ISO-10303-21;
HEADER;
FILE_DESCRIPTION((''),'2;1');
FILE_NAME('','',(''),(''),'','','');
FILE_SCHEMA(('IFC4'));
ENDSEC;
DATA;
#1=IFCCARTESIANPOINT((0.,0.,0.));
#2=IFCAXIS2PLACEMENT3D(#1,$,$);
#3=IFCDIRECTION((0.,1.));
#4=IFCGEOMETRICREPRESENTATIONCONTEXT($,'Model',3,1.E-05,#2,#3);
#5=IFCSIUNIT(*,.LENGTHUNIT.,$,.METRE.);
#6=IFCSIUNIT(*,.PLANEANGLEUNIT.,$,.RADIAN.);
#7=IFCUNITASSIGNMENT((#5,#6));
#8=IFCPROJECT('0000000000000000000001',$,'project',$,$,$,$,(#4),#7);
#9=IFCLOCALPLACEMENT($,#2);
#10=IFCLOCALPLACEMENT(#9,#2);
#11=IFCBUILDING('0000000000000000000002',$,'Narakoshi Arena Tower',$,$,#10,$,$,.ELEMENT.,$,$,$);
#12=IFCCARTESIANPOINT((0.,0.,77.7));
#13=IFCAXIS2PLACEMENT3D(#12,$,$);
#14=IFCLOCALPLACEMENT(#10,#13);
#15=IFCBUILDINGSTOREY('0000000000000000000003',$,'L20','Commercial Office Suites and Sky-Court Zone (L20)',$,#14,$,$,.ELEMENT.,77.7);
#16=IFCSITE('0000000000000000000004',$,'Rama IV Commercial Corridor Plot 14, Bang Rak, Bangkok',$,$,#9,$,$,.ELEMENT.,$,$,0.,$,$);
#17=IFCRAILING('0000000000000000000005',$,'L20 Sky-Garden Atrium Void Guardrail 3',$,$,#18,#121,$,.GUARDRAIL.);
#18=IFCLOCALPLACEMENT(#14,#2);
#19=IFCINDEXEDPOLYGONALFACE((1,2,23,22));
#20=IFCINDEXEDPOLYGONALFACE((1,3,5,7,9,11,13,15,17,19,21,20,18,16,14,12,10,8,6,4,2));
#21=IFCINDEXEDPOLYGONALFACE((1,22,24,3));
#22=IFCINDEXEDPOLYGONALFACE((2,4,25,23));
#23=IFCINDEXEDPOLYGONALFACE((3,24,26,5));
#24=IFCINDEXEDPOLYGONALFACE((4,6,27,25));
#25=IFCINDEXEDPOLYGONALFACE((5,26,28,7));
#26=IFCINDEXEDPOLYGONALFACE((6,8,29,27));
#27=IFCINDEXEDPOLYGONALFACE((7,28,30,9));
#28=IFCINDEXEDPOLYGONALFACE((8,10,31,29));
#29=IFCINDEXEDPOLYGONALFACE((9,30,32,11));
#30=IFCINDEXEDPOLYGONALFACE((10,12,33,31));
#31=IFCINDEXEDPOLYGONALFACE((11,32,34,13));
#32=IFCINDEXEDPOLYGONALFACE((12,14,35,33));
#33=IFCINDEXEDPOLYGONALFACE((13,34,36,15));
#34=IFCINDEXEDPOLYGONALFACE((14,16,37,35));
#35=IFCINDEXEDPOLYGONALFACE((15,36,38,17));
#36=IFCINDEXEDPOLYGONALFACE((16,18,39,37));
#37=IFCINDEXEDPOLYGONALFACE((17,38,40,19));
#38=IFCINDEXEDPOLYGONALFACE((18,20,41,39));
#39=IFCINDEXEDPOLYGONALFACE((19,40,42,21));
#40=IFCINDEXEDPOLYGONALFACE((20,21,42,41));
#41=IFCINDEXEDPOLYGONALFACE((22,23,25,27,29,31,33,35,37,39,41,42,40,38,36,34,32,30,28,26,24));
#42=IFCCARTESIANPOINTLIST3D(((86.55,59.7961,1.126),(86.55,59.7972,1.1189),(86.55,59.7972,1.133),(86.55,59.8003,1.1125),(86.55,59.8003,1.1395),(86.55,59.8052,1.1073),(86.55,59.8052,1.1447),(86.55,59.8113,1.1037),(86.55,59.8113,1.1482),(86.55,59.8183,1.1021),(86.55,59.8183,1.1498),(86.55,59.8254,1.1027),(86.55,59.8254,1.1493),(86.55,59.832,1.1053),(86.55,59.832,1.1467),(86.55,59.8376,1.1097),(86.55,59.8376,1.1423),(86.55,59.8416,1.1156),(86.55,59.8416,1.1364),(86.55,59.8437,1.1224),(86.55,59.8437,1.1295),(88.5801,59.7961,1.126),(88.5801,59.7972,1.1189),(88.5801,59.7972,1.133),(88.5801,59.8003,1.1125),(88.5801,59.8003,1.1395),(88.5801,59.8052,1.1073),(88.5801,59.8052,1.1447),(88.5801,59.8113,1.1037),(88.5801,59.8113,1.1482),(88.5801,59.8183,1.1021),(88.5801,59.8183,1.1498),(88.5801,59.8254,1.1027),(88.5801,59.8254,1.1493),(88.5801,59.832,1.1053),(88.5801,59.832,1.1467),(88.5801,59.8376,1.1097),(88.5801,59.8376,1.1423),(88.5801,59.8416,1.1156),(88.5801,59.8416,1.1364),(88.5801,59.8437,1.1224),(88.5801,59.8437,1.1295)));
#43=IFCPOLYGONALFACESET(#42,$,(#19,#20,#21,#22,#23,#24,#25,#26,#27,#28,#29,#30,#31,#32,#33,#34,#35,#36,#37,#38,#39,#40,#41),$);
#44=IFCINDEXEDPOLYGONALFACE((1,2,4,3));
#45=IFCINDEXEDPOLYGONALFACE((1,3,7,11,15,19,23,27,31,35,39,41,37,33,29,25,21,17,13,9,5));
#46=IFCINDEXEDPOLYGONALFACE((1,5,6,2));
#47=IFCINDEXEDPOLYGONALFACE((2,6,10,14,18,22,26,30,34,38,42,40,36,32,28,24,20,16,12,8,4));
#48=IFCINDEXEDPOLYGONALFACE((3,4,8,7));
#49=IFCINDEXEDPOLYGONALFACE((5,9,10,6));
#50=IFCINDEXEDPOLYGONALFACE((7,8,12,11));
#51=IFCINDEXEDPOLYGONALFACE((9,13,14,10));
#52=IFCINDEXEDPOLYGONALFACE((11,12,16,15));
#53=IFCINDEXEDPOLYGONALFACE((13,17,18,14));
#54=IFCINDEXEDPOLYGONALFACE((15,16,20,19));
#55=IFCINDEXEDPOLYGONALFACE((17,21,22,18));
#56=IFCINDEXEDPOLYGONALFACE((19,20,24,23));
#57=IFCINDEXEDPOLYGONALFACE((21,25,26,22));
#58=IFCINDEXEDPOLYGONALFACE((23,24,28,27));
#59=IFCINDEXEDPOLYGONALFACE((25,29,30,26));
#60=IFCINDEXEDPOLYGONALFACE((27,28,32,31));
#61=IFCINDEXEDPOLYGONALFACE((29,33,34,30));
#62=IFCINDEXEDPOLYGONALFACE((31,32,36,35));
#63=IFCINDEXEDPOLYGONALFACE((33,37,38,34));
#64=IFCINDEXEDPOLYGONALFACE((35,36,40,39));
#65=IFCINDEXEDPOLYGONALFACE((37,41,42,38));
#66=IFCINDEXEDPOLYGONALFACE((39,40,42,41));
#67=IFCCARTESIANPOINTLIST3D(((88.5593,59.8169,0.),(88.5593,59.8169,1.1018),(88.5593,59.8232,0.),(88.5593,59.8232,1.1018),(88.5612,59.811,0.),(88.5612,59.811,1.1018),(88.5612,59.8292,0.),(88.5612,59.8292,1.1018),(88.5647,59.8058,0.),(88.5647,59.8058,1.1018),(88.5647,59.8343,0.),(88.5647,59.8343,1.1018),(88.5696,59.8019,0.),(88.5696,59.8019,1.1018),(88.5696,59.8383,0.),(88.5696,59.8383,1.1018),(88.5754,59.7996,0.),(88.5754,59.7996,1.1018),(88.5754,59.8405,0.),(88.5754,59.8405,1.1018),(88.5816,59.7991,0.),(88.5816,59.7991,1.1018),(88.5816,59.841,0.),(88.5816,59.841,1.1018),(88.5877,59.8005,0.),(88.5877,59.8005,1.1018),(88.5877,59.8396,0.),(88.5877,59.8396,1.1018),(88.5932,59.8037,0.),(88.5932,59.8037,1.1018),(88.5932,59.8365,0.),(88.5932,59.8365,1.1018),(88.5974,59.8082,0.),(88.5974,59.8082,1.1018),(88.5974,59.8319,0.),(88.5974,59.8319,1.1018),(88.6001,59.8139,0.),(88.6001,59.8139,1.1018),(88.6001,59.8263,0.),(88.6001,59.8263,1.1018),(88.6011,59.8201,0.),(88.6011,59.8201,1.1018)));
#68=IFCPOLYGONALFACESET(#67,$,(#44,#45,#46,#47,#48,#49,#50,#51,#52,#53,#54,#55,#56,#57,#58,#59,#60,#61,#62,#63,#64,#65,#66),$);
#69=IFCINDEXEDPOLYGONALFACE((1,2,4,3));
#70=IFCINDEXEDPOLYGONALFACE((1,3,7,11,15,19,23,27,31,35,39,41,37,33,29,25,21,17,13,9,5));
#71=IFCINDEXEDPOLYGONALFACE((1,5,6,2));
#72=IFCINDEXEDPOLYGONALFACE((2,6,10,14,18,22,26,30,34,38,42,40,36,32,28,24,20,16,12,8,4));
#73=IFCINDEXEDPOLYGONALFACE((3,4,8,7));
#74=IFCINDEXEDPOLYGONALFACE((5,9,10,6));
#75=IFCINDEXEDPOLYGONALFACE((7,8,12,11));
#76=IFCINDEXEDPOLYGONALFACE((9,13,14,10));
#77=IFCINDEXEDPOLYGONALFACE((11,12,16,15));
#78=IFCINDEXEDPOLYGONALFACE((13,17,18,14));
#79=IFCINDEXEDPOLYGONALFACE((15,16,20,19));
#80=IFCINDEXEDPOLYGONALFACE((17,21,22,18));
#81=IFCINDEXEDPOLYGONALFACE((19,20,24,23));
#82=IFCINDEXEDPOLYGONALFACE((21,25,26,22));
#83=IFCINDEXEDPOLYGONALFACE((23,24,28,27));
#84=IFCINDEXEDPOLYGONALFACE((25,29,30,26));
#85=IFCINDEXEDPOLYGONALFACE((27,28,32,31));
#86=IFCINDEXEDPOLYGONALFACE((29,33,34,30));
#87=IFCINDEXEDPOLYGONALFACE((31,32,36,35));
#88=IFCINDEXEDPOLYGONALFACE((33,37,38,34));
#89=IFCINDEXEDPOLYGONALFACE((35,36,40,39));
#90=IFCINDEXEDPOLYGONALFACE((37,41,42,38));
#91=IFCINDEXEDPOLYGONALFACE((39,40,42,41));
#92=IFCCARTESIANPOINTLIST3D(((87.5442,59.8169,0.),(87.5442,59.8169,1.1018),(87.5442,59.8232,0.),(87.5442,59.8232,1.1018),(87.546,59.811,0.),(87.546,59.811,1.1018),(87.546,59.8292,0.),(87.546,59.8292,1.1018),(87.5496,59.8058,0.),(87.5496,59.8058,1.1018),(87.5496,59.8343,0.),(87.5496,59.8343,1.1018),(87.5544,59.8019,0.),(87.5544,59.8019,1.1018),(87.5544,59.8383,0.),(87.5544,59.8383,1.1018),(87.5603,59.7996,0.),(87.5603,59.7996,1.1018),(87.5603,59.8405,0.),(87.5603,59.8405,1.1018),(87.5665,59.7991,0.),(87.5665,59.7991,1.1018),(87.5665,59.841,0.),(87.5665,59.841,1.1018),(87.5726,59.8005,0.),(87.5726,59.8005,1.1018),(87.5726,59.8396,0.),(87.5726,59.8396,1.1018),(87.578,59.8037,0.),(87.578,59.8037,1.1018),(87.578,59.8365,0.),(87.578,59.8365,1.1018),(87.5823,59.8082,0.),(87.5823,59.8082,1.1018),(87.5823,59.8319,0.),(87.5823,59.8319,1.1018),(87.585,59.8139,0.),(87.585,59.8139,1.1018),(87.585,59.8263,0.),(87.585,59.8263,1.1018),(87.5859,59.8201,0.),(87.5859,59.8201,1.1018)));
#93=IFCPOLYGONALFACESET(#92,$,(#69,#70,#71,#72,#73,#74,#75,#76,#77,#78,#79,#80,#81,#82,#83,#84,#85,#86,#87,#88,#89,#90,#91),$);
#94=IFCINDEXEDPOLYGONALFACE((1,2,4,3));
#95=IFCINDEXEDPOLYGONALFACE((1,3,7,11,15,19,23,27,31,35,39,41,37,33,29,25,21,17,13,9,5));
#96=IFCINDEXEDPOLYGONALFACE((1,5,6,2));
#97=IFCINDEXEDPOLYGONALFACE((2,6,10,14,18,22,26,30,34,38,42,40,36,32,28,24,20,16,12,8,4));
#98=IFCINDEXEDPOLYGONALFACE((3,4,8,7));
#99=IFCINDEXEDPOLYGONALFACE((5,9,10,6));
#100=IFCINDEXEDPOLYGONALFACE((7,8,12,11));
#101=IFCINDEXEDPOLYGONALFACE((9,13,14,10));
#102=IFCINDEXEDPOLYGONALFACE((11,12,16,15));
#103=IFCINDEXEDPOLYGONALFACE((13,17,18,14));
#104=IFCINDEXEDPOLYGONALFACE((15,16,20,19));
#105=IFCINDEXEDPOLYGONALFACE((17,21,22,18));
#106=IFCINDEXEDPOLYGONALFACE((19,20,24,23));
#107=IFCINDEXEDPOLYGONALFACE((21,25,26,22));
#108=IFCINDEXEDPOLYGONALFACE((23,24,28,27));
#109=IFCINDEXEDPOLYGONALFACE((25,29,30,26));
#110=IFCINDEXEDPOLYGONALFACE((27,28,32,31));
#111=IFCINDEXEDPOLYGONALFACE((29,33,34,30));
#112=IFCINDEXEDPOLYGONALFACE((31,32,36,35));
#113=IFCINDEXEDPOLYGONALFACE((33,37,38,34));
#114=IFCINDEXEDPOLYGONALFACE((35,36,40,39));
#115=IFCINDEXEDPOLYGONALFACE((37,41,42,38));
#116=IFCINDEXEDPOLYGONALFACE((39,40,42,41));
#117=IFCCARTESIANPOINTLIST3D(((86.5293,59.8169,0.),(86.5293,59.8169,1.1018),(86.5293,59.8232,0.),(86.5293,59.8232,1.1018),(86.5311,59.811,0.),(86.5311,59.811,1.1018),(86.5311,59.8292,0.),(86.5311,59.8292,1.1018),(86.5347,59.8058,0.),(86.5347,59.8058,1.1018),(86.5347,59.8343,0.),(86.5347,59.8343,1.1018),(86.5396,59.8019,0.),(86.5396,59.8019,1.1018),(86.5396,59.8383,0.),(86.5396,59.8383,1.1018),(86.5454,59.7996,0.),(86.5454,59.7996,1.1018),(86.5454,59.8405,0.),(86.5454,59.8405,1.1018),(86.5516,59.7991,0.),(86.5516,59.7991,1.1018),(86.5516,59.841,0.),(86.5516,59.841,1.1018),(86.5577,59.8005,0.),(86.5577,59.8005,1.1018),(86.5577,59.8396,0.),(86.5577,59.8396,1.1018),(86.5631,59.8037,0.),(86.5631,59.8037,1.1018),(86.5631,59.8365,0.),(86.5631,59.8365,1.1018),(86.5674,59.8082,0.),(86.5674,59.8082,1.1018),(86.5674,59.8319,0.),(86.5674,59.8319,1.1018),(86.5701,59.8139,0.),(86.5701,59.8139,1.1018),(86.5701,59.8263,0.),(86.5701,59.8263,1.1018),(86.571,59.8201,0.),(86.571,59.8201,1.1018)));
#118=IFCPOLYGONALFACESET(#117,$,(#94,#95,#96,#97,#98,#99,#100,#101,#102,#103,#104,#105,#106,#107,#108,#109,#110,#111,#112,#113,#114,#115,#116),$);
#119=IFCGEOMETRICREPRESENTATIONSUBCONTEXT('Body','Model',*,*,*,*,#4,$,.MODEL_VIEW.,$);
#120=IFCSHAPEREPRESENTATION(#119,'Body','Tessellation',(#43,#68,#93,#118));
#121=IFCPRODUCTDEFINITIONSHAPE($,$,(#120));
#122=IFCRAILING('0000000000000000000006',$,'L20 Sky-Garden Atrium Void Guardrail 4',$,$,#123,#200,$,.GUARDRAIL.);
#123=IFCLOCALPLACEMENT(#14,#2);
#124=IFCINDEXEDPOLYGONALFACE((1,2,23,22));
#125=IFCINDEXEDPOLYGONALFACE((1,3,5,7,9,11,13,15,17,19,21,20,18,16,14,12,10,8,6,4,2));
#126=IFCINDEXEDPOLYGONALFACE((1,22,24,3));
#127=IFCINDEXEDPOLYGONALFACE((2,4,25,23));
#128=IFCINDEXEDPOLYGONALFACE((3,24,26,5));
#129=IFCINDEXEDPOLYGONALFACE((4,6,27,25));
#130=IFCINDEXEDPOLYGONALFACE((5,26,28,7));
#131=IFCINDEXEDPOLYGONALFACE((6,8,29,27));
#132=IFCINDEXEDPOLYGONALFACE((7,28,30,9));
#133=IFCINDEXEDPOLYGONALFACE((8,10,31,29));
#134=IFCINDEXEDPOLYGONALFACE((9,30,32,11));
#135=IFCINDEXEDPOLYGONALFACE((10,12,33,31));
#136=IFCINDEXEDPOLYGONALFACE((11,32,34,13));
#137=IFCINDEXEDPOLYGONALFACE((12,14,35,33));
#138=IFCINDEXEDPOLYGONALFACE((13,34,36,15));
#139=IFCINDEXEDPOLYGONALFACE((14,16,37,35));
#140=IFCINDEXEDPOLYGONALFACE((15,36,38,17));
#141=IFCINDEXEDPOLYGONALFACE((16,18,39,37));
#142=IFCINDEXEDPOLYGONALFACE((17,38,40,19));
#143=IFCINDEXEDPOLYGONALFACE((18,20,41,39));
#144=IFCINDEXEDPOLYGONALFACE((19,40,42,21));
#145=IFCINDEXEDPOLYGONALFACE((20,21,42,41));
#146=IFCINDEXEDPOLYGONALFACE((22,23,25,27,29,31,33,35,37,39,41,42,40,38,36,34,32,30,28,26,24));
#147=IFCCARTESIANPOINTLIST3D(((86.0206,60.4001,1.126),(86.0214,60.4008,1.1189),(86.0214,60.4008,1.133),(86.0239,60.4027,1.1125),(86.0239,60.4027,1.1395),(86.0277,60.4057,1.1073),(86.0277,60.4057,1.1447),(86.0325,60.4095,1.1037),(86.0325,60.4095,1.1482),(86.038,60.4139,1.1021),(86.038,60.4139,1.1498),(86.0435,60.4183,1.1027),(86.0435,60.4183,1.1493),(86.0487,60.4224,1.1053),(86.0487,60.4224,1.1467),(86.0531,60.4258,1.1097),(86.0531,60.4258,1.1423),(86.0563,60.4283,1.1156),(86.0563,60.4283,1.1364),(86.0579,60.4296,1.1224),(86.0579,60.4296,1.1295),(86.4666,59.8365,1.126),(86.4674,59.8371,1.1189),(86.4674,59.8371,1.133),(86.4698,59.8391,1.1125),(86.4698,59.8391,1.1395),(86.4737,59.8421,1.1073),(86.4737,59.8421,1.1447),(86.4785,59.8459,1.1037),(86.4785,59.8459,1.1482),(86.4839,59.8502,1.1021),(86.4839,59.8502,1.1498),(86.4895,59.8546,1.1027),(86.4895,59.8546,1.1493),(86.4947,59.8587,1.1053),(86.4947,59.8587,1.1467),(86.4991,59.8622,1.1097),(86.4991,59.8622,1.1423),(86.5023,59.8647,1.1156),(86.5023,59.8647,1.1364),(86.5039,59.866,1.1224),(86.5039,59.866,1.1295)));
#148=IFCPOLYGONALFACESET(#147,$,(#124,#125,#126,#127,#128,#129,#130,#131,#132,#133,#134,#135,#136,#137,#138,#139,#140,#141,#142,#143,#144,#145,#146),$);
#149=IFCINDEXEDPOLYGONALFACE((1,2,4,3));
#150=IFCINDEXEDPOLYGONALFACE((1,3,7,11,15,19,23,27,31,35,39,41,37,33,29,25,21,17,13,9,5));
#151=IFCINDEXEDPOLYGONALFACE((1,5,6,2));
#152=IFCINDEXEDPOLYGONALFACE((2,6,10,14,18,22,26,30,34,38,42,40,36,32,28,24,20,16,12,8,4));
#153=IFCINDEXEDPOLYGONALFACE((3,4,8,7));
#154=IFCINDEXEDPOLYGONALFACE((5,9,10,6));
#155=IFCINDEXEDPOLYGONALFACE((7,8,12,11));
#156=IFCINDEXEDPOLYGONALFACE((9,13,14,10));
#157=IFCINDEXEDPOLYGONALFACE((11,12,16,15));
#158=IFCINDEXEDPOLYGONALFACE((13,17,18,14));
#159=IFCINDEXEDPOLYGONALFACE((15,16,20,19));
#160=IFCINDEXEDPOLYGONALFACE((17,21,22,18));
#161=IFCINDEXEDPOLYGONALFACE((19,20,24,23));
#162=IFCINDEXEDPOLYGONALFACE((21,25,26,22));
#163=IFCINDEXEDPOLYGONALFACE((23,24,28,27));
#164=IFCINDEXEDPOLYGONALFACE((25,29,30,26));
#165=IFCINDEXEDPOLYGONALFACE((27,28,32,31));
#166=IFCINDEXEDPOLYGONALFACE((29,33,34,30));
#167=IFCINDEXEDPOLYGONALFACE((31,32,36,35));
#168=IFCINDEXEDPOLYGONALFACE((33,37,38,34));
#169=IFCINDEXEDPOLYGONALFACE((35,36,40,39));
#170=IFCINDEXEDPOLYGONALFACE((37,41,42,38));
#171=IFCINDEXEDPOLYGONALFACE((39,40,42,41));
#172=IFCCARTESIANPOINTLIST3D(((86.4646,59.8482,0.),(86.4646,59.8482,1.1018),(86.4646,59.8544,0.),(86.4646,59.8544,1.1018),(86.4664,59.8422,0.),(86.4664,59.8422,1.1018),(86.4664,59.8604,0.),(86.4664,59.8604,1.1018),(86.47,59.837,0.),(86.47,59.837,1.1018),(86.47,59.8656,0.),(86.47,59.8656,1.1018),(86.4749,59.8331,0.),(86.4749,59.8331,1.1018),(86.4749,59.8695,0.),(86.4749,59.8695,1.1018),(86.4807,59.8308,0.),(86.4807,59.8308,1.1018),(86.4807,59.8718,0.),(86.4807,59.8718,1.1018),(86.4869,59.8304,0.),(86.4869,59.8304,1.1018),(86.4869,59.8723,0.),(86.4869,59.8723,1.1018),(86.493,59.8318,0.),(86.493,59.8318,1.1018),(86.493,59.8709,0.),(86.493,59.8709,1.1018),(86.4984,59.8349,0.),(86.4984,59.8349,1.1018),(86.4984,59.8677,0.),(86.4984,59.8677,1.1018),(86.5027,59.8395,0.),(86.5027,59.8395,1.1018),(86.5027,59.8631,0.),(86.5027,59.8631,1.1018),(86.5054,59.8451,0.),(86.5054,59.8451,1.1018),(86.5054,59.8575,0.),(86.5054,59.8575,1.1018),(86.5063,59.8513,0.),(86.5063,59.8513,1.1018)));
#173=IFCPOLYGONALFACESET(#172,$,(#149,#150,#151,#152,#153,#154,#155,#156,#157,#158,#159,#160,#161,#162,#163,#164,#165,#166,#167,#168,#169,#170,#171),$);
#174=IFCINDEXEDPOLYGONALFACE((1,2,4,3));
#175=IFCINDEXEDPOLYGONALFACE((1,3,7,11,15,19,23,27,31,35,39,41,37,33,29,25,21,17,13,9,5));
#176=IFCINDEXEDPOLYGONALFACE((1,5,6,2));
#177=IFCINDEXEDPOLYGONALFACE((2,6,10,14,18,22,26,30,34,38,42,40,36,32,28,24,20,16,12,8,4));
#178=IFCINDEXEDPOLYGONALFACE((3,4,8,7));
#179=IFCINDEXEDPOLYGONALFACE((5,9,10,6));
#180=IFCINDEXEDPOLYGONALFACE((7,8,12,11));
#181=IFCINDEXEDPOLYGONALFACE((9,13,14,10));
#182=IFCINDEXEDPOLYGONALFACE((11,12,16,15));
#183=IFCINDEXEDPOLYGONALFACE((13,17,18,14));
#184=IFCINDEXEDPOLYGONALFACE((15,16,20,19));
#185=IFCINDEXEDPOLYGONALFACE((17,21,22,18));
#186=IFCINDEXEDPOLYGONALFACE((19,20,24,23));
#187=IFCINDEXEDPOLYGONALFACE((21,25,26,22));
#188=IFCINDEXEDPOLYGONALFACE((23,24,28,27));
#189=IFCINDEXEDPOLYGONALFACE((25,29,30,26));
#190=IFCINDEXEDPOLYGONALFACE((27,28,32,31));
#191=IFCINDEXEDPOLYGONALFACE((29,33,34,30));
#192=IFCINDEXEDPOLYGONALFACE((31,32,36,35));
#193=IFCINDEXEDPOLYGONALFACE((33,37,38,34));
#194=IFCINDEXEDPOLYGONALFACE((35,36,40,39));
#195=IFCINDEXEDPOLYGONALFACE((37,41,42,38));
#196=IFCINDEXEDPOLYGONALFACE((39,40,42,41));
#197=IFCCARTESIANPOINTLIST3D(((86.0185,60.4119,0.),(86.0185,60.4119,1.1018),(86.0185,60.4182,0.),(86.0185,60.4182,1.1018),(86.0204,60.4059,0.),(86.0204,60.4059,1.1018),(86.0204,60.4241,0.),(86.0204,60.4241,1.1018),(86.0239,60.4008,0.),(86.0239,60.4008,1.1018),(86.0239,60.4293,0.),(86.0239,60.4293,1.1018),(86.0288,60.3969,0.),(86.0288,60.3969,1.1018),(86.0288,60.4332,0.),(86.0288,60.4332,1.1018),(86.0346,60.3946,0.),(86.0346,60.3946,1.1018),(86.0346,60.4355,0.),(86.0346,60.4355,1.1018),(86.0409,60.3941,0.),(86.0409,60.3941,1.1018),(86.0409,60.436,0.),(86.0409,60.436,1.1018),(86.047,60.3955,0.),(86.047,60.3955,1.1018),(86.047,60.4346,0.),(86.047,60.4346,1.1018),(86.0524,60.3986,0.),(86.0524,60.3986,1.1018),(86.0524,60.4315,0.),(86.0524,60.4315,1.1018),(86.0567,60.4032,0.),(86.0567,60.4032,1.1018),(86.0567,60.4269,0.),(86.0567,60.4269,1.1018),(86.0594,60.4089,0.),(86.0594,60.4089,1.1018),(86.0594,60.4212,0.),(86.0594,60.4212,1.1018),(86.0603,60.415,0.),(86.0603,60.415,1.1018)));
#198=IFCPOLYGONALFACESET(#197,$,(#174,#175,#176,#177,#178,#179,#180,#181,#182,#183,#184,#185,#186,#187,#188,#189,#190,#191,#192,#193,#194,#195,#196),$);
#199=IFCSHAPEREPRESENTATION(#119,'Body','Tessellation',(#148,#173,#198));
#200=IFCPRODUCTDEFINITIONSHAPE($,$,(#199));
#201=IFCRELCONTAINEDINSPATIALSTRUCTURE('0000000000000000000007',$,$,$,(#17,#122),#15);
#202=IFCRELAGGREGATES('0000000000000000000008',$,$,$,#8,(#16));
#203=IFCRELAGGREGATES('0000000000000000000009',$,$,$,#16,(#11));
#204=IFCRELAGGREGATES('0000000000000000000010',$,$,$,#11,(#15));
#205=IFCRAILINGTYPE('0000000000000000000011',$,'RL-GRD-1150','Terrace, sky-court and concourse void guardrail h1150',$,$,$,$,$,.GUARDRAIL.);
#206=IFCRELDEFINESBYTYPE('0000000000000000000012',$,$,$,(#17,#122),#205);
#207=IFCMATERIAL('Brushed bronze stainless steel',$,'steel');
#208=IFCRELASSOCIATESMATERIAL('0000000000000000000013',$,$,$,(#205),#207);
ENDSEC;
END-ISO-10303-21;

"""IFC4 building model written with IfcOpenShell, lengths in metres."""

from ifc_helpers import new_model, si_unit, direction, frame, origin, origin_2d, place, context, subcontext, project, spatial, circle, extrude, material, type_object, element, save


model = new_model("IFC4")

# Units and contexts
model_context = context("Model", 3, precision=1e-05, world=origin(), true_north=direction((0.0, 1.0)))
body_context = subcontext(model_context, "Body", "Model", "MODEL_VIEW")
ifc_project = project(units=[si_unit("LENGTHUNIT", "METRE"), si_unit("PLANEANGLEUNIT", "RADIAN")], contexts=[model_context])

# Site, building, storey
site_placement = place(None, origin())
site = spatial("IfcSite", under=ifc_project, at=site_placement, Name="Rama IV Commercial Corridor Plot 14, Bang Rak, Bangkok", CompositionType="ELEMENT", RefElevation=0.0)
building_placement = place(site_placement, origin())
building = spatial("IfcBuilding", under=site, at=building_placement, Name="Narakoshi Arena Tower", CompositionType="ELEMENT")
storey_placement = place(building_placement, frame((0.0, 0.0, 77.7)))
storey = spatial("IfcBuildingStorey", under=building, at=storey_placement, Name="L20", Description="Commercial Office Suites and Sky-Court Zone (L20)", CompositionType="ELEMENT", Elevation=77.7)

# Railings
ifc_material_1 = material(Name="Brushed bronze stainless steel", Category="steel")
railing_type = type_object("IfcRailingType", Name="RL-GRD-1150", Description="Terrace, sky-court and concourse void guardrail h1150", PredefinedType="GUARDRAIL", material=ifc_material_1)
railing_1_placement = place(storey_placement, frame((88.5801, 59.8201, 0.0)))
element("IfcRailing", 1, at=railing_1_placement, inside=storey, type_object=railing_type, Name="L20 Sky-Garden Atrium Void Guardrail 3", PredefinedType="GUARDRAIL", context=body_context, shape_type="SweptSolid", body=[
    extrude(circle(Radius=0.0239, at=origin_2d()), frame((0.0, 0.0, 1.126), z_axis=(-1.0, 0.0, 0.0), x_axis=(0.0, -1.0, 0.0)), (0.0, 0.0, 1.0), 2.03),
    extrude(circle(Radius=0.021, at=origin_2d()), origin(), (0.0, 0.0, 1.0), 1.1018),
    extrude(circle(Radius=0.021, at=origin_2d()), frame((-1.0151, 0.0, 0.0)), (0.0, 0.0, 1.0), 1.1018),
    extrude(circle(Radius=0.021, at=origin_2d()), frame((-2.03, 0.0, 0.0)), (0.0, 0.0, 1.0), 1.1018),
])
railing_2_placement = place(storey_placement, frame((86.4854, 59.8513, 0.0)))
element("IfcRailing", 2, at=railing_2_placement, inside=storey, type_object=railing_type, Name="L20 Sky-Garden Atrium Void Guardrail 4", PredefinedType="GUARDRAIL", context=body_context, shape_type="SweptSolid", body=[
    extrude(circle(Radius=0.0239, at=origin_2d()), frame((0.0, 0.0, 1.126), z_axis=(-0.620503, 0.784204, 0.0), x_axis=(-0.784204, -0.620503, 0.0)), (0.0, 0.0, 1.0), 0.7188),
    extrude(circle(Radius=0.021, at=origin_2d()), origin(), (0.0, 0.0, 1.0), 1.1018),
    extrude(circle(Radius=0.021, at=origin_2d()), frame((-0.446, 0.5637, 0.0)), (0.0, 0.0, 1.0), 1.1018),
])

save(model, "model.ifc")
